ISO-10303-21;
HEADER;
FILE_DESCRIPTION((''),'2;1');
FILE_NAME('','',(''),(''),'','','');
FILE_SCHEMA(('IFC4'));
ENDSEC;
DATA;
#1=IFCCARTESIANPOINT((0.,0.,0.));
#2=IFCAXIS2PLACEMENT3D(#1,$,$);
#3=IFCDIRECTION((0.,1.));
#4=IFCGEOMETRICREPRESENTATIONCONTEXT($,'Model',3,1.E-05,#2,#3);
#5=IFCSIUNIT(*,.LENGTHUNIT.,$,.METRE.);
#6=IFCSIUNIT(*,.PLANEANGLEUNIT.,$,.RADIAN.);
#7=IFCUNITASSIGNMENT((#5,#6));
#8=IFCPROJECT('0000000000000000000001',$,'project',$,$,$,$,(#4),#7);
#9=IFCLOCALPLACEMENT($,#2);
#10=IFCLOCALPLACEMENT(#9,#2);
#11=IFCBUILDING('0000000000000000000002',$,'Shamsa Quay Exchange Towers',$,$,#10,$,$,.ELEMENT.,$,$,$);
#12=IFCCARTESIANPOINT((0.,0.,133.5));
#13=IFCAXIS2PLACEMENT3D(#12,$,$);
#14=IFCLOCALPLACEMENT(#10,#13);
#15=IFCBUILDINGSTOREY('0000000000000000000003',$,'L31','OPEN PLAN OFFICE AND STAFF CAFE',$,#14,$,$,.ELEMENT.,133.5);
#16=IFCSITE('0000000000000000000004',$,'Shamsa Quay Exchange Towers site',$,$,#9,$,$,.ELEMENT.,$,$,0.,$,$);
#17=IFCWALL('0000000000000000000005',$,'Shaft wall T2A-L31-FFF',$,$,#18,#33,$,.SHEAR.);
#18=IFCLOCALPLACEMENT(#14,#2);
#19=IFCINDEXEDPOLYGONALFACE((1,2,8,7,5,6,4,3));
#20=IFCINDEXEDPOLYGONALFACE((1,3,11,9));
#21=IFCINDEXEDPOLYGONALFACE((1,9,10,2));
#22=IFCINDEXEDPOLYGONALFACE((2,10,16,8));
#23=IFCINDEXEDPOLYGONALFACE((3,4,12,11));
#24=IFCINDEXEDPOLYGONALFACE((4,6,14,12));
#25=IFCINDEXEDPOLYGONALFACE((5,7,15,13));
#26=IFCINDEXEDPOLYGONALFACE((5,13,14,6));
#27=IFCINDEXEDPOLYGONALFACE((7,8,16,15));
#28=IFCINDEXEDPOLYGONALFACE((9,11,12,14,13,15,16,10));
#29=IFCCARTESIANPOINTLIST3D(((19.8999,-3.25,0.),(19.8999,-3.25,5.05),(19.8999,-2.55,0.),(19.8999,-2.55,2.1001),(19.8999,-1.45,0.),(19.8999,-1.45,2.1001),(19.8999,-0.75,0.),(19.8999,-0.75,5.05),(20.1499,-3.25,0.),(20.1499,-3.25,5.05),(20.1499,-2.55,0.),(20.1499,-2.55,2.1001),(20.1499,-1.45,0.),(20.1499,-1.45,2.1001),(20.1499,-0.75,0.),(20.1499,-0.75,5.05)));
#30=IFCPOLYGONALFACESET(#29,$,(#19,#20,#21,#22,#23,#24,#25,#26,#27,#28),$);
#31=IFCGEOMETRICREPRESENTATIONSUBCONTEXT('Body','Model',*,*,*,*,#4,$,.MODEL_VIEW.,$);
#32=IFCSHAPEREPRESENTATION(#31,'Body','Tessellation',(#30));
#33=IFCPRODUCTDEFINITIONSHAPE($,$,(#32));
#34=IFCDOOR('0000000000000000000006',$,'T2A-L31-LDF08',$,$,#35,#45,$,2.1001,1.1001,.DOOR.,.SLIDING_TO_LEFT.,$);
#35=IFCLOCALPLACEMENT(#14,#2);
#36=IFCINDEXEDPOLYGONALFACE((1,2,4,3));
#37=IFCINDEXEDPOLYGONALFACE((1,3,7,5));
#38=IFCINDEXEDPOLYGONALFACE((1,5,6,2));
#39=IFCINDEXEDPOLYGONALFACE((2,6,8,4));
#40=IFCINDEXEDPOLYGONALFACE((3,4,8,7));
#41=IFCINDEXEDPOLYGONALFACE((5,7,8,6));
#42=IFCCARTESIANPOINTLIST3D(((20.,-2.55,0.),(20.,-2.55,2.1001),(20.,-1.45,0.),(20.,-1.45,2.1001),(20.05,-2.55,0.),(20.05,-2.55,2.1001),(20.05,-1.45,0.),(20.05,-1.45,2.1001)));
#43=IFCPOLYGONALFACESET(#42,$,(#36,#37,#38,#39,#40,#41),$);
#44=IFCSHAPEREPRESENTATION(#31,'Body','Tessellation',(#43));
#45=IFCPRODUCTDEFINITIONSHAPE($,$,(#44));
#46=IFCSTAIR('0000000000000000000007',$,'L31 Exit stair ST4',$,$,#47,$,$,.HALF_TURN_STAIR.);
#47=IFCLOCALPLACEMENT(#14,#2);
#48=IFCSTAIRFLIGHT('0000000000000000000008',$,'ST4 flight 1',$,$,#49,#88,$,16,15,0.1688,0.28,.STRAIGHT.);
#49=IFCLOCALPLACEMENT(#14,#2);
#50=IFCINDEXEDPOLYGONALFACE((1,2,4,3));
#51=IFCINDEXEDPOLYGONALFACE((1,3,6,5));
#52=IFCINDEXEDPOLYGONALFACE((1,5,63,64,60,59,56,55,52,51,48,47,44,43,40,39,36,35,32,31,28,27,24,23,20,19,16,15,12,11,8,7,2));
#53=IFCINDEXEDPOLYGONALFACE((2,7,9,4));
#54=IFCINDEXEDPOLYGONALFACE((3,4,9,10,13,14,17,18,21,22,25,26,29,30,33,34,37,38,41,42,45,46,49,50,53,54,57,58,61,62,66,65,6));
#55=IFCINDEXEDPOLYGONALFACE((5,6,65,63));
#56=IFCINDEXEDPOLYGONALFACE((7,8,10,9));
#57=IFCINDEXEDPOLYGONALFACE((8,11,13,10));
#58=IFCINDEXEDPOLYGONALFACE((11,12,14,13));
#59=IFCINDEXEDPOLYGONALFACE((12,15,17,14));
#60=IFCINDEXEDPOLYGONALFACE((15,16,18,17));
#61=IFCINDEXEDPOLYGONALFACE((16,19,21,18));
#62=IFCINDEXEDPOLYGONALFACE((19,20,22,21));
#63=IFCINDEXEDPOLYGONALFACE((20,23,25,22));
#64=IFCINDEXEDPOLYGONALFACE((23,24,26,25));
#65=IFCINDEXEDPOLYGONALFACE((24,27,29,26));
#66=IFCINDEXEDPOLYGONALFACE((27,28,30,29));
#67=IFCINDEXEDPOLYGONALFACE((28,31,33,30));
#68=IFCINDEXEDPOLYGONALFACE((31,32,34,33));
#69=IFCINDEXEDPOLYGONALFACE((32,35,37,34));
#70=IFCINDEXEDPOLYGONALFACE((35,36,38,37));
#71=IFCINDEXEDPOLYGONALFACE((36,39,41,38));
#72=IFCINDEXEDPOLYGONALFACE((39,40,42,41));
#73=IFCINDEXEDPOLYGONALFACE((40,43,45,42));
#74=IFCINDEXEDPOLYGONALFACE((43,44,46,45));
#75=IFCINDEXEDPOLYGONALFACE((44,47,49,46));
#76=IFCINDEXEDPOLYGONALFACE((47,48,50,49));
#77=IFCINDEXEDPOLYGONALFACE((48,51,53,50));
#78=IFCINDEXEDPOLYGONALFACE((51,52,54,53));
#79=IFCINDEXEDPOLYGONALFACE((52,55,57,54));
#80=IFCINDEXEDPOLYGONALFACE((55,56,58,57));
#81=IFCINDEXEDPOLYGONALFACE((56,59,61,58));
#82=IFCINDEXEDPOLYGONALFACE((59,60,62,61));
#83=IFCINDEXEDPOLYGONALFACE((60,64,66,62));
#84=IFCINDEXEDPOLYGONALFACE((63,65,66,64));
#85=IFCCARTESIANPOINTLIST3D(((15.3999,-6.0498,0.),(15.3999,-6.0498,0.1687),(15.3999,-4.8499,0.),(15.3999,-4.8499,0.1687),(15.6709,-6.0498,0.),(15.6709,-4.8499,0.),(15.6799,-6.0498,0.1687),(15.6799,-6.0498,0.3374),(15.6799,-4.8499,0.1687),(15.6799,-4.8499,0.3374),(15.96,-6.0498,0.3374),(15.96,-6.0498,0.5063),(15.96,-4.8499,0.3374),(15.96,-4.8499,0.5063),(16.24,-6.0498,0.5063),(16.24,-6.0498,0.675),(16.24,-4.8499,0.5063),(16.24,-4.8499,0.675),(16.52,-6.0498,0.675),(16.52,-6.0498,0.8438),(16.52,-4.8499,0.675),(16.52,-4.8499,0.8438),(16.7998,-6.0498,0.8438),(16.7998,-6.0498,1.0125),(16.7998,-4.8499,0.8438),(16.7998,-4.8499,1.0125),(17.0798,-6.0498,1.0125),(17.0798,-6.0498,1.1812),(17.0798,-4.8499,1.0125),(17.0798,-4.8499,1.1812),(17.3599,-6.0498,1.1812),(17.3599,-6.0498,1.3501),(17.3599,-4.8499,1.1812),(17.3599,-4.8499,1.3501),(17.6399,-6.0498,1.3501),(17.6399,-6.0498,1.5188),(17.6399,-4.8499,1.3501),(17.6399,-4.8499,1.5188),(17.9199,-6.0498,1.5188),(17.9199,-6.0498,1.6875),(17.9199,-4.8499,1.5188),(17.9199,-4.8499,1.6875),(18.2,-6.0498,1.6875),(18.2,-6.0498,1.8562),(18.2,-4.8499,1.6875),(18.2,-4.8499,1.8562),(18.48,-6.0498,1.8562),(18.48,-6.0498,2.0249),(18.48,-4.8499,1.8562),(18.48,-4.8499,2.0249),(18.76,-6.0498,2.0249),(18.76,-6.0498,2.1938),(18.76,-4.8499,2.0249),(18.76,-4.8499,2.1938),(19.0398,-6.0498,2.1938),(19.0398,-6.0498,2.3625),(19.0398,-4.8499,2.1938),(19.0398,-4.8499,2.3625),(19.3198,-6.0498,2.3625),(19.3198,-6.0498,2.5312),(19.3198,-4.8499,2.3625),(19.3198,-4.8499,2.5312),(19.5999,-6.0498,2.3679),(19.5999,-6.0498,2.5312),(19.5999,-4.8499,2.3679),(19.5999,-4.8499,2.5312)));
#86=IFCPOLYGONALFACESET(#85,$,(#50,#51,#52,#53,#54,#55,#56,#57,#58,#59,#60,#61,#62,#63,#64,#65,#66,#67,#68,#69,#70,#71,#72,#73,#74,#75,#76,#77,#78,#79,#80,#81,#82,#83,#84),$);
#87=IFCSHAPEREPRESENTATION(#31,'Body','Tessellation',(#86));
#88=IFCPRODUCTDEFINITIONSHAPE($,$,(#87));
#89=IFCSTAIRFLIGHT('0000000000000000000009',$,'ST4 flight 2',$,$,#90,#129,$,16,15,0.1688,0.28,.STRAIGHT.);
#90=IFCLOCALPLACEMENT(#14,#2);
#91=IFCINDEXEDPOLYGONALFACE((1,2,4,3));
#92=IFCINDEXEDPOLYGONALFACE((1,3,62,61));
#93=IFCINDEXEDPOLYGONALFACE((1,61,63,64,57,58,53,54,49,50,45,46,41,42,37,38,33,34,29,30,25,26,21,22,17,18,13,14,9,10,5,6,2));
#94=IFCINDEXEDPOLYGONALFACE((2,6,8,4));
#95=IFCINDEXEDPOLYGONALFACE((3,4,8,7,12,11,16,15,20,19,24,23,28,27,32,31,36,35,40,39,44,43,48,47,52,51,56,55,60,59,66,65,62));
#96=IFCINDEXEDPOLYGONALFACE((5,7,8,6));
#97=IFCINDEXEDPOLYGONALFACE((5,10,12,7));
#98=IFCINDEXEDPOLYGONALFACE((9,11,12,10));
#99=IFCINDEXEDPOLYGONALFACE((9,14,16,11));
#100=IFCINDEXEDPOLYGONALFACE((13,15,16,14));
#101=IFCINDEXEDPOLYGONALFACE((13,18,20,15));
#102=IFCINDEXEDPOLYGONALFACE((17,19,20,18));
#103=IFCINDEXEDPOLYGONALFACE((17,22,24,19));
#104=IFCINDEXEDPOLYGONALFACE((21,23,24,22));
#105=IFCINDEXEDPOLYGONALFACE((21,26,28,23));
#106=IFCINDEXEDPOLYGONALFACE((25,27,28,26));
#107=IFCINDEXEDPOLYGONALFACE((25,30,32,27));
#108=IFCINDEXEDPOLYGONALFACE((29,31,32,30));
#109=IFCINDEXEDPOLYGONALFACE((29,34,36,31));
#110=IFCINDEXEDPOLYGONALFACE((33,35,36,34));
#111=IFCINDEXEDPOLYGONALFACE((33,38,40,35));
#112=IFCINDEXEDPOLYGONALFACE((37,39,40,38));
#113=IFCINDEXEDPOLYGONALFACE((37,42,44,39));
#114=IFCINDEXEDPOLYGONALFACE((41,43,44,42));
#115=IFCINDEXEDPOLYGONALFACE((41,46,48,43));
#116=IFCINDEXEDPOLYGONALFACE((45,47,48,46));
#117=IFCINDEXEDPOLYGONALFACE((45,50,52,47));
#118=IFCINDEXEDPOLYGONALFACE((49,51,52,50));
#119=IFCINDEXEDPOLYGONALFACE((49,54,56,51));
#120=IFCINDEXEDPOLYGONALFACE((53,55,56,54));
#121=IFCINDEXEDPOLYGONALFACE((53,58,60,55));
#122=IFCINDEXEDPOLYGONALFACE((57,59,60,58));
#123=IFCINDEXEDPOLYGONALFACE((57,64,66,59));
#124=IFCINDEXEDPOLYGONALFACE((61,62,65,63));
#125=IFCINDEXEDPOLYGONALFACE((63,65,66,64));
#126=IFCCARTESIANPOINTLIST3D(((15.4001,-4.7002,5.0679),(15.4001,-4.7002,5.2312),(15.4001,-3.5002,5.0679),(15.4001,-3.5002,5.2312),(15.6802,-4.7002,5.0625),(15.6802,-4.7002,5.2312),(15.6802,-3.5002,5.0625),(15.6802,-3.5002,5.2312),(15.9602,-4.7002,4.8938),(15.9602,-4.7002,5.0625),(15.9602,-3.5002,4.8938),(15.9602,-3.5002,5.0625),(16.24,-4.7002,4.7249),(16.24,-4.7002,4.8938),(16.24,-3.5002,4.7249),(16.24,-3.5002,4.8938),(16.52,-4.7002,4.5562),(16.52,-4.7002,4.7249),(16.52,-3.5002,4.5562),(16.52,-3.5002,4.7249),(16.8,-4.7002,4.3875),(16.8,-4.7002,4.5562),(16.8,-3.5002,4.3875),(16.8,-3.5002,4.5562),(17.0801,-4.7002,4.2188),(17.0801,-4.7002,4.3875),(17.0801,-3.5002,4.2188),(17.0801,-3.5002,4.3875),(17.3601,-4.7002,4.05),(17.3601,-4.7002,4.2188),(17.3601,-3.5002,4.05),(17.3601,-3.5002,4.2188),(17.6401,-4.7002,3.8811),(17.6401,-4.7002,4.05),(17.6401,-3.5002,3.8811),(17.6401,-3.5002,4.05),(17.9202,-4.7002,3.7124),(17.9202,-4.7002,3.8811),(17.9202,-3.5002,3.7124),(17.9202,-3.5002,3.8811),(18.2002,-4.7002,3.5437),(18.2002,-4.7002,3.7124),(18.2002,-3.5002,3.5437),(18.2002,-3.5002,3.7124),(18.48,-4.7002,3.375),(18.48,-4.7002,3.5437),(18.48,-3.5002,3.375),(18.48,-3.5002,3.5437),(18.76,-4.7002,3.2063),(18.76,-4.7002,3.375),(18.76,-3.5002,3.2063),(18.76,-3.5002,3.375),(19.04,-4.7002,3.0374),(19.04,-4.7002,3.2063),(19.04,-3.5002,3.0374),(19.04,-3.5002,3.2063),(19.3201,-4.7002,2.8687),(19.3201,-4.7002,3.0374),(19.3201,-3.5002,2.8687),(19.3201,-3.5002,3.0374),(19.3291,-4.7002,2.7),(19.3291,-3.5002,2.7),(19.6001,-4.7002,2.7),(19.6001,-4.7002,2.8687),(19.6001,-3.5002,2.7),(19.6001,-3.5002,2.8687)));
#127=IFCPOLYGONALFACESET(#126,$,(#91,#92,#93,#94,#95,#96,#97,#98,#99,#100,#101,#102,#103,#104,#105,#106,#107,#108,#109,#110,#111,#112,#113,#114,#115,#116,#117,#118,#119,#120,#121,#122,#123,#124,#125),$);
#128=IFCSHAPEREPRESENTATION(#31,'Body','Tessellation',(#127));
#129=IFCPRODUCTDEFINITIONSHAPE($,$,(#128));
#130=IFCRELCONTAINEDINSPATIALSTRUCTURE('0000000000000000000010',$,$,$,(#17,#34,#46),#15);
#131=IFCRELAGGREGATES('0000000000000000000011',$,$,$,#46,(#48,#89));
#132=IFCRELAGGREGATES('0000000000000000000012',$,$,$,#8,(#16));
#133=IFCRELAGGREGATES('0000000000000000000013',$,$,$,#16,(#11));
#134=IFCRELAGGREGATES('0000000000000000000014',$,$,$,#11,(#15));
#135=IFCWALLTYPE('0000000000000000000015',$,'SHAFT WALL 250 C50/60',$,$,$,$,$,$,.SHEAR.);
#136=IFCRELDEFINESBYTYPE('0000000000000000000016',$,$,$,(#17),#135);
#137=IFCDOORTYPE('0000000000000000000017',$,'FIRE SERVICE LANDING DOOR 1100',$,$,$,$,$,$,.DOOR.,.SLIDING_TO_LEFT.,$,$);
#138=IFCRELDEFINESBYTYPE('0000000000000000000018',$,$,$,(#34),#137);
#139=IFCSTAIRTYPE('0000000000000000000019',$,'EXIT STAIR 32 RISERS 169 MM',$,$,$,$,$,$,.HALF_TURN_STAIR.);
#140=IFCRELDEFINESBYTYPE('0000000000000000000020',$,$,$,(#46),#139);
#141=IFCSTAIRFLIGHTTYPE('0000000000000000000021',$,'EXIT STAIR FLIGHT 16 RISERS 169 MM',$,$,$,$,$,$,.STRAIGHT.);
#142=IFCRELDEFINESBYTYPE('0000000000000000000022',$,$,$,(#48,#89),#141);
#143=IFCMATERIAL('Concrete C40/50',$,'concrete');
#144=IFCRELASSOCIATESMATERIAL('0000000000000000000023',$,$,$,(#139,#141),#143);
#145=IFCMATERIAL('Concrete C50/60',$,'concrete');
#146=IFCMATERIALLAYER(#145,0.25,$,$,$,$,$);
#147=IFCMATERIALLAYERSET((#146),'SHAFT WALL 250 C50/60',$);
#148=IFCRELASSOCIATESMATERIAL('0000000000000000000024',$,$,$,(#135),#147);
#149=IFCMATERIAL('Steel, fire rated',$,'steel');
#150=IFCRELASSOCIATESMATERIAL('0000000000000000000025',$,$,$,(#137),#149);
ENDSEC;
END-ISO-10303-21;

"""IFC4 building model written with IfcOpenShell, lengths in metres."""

from ifc_helpers import new_model, si_unit, direction, frame, frame_2d, origin, place, context, subcontext, project, spatial, polyline, rectangle, outline, extrude, material, layer, layer_set, type_object, element, fill, aggregate, save


model = new_model("IFC4")

# Units and contexts
model_context = context("Model", 3, precision=1e-05, world=origin(), true_north=direction((0.0, 1.0)))
body_context = subcontext(model_context, "Body", "Model", "MODEL_VIEW")
ifc_project = project(units=[si_unit("LENGTHUNIT", "METRE"), si_unit("PLANEANGLEUNIT", "RADIAN")], contexts=[model_context])

# Site, building, storey
site_placement = place(None, origin())
site = spatial("IfcSite", under=ifc_project, at=site_placement, Name="Shamsa Quay Exchange Towers site", CompositionType="ELEMENT", RefElevation=0.0)
building_placement = place(site_placement, origin())
building = spatial("IfcBuilding", under=site, at=building_placement, Name="Shamsa Quay Exchange Towers", CompositionType="ELEMENT")
storey_placement = place(building_placement, frame((0.0, 0.0, 133.5)))
storey = spatial("IfcBuildingStorey", under=building, at=storey_placement, Name="L31", Description="OPEN PLAN OFFICE AND STAFF CAFE", CompositionType="ELEMENT", Elevation=133.5)

# Shared definitions
ifc_material_1 = material(Name="Concrete C40/50", Category="concrete")
stair_type = type_object("IfcStairType", Name="EXIT STAIR 32 RISERS 169 MM", PredefinedType="HALF_TURN_STAIR", material=ifc_material_1)

# Wall, opening, door
ifc_material_2 = material(Name="Concrete C50/60", Category="concrete")
ifc_layer_1 = layer(ifc_material_2, 0.25)
ifc_layer_set_1 = layer_set([ifc_layer_1], Name="SHAFT WALL 250 C50/60")
wall_type_1 = type_object("IfcWallType", Name="SHAFT WALL 250 C50/60", PredefinedType="SHEAR", material=ifc_layer_set_1)
wall_1_placement = place(storey_placement, frame((20.0249, -3.25, 0.0), z_axis=(0.0, 0.0, 1.0), x_axis=(0.0, 1.0, 0.0)))
wall_1 = element("IfcWall", 1, at=wall_1_placement, inside=storey, type_object=wall_type_1, Name="Shaft wall T2A-L31-FFF", PredefinedType="SHEAR", context=body_context, shape_type="SweptSolid", body=[
    extrude(rectangle(XDim=2.5, YDim=0.25, at=frame_2d((1.25, 0.0))), origin(), (0.0, 0.0, 1.0), 5.05),
])
opening_placement = place(wall_1_placement, frame((0.7, 0.0, 0.0)))
opening = element("IfcOpeningElement", 2, at=opening_placement, cuts=wall_1, PredefinedType="OPENING", context=body_context, shape_type="SweptSolid", body=[
    extrude(rectangle(XDim=1.1001, YDim=2.1001, at=frame_2d((0.55, 1.05))), frame((0.0, 0.135, 0.0), z_axis=(0.0, -1.0, 0.0), x_axis=(1.0, 0.0, 0.0)), (0.0, 0.0, 1.0), 0.27),
])
ifc_material_3 = material(Name="Steel, fire rated", Category="steel")
door_type = type_object("IfcDoorType", Name="FIRE SERVICE LANDING DOOR 1100", OperationType="SLIDING_TO_LEFT", PredefinedType="DOOR", material=ifc_material_3)
door_placement = place(opening_placement, origin())
door = element("IfcDoor", 3, at=door_placement, inside=storey, type_object=door_type, Name="T2A-L31-LDF08", OperationType="SLIDING_TO_LEFT", OverallHeight=2.1001, OverallWidth=1.1001, PredefinedType="DOOR", context=body_context, shape_type="SweptSolid", body=[
    extrude(rectangle(XDim=1.1001, YDim=2.1001, at=frame_2d((0.55, 1.05))), frame((0.0, 0.0249, 0.0), z_axis=(0.0, -1.0, 0.0), x_axis=(1.0, 0.0, 0.0)), (0.0, 0.0, 1.0), 0.05),
])
fill(opening, door)

# Stair, stair flights
stair_1_placement = place(storey_placement, origin())
stair_1 = element("IfcStair", 4, at=stair_1_placement, inside=storey, type_object=stair_type, Name="L31 Exit stair ST4", PredefinedType="HALF_TURN_STAIR")
stair_flight_type = type_object("IfcStairFlightType", Name="EXIT STAIR FLIGHT 16 RISERS 169 MM", PredefinedType="STRAIGHT", material=ifc_material_1)
stair_flight_1_placement = place(storey_placement, frame((15.3999, -5.45, 0.0)))
stair_flight_1 = element("IfcStairFlight", 5, at=stair_flight_1_placement, type_object=stair_flight_type, Name="ST4 flight 1", NumberOfRisers=16, NumberOfTreads=15, PredefinedType="STRAIGHT", RiserHeight=0.1688, TreadLength=0.28, context=body_context, shape_type="SweptSolid", body=[
    extrude(outline(polyline([(0.0, 0.0), (0.0, 0.1687), (0.28, 0.1687), (0.28, 0.3374), (0.5601, 0.3374), (0.5601, 0.5063), (0.8401, 0.5063), (0.8401, 0.675), (1.1201, 0.675), (1.1201, 0.8438), (1.3999, 0.8438), (1.3999, 1.0125), (1.6799, 1.0125), (1.6799, 1.1812), (1.96, 1.1812), (1.96, 1.3501), (2.24, 1.3501), (2.24, 1.5188), (2.52, 1.5188), (2.52, 1.6875), (2.8, 1.6875), (2.8, 1.8562), (3.0801, 1.8562), (3.0801, 2.0249), (3.3601, 2.0249), (3.3601, 2.1938), (3.6399, 2.1938), (3.6399, 2.3625), (3.9199, 2.3625), (3.9199, 2.5312), (4.2, 2.5312), (4.2, 2.7), (4.2, 2.3679), (0.271, 0.0), (0.0, 0.0)])), frame((0.0, 0.6001, 0.0), z_axis=(0.0, -1.0, 0.0), x_axis=(1.0, 0.0, 0.0)), (0.0, 0.0, 1.0), 1.2),
])
stair_flight_2_placement = place(storey_placement, frame((19.6001, -4.1001, 2.7), z_axis=(0.0, 0.0, 1.0), x_axis=(-1.0, 0.0, 0.0)))
stair_flight_2 = element("IfcStairFlight", 6, at=stair_flight_2_placement, type_object=stair_flight_type, Name="ST4 flight 2", NumberOfRisers=16, NumberOfTreads=15, PredefinedType="STRAIGHT", RiserHeight=0.1688, TreadLength=0.28, context=body_context, shape_type="SweptSolid", body=[
    extrude(outline(polyline([(0.0, 0.0), (0.0, 0.1687), (0.28, 0.1687), (0.28, 0.3374), (0.5601, 0.3374), (0.5601, 0.5063), (0.8401, 0.5063), (0.8401, 0.675), (1.1201, 0.675), (1.1201, 0.8438), (1.3999, 0.8438), (1.3999, 1.0125), (1.6799, 1.0125), (1.6799, 1.1812), (1.96, 1.1812), (1.96, 1.3501), (2.24, 1.3501), (2.24, 1.5188), (2.52, 1.5188), (2.52, 1.6875), (2.8, 1.6875), (2.8, 1.8562), (3.0801, 1.8562), (3.0801, 2.0249), (3.3601, 2.0249), (3.3601, 2.1938), (3.6399, 2.1938), (3.6399, 2.3625), (3.9199, 2.3625), (3.9199, 2.5312), (4.2, 2.5312), (4.2, 2.7), (4.2, 2.3679), (0.271, 0.0), (0.0, 0.0)])), frame((0.0, 0.6001, 0.0), z_axis=(0.0, -1.0, 0.0), x_axis=(1.0, 0.0, 0.0)), (0.0, 0.0, 1.0), 1.2),
])
aggregate(stair_1, [stair_flight_1, stair_flight_2])

save(model, "model.ifc")
